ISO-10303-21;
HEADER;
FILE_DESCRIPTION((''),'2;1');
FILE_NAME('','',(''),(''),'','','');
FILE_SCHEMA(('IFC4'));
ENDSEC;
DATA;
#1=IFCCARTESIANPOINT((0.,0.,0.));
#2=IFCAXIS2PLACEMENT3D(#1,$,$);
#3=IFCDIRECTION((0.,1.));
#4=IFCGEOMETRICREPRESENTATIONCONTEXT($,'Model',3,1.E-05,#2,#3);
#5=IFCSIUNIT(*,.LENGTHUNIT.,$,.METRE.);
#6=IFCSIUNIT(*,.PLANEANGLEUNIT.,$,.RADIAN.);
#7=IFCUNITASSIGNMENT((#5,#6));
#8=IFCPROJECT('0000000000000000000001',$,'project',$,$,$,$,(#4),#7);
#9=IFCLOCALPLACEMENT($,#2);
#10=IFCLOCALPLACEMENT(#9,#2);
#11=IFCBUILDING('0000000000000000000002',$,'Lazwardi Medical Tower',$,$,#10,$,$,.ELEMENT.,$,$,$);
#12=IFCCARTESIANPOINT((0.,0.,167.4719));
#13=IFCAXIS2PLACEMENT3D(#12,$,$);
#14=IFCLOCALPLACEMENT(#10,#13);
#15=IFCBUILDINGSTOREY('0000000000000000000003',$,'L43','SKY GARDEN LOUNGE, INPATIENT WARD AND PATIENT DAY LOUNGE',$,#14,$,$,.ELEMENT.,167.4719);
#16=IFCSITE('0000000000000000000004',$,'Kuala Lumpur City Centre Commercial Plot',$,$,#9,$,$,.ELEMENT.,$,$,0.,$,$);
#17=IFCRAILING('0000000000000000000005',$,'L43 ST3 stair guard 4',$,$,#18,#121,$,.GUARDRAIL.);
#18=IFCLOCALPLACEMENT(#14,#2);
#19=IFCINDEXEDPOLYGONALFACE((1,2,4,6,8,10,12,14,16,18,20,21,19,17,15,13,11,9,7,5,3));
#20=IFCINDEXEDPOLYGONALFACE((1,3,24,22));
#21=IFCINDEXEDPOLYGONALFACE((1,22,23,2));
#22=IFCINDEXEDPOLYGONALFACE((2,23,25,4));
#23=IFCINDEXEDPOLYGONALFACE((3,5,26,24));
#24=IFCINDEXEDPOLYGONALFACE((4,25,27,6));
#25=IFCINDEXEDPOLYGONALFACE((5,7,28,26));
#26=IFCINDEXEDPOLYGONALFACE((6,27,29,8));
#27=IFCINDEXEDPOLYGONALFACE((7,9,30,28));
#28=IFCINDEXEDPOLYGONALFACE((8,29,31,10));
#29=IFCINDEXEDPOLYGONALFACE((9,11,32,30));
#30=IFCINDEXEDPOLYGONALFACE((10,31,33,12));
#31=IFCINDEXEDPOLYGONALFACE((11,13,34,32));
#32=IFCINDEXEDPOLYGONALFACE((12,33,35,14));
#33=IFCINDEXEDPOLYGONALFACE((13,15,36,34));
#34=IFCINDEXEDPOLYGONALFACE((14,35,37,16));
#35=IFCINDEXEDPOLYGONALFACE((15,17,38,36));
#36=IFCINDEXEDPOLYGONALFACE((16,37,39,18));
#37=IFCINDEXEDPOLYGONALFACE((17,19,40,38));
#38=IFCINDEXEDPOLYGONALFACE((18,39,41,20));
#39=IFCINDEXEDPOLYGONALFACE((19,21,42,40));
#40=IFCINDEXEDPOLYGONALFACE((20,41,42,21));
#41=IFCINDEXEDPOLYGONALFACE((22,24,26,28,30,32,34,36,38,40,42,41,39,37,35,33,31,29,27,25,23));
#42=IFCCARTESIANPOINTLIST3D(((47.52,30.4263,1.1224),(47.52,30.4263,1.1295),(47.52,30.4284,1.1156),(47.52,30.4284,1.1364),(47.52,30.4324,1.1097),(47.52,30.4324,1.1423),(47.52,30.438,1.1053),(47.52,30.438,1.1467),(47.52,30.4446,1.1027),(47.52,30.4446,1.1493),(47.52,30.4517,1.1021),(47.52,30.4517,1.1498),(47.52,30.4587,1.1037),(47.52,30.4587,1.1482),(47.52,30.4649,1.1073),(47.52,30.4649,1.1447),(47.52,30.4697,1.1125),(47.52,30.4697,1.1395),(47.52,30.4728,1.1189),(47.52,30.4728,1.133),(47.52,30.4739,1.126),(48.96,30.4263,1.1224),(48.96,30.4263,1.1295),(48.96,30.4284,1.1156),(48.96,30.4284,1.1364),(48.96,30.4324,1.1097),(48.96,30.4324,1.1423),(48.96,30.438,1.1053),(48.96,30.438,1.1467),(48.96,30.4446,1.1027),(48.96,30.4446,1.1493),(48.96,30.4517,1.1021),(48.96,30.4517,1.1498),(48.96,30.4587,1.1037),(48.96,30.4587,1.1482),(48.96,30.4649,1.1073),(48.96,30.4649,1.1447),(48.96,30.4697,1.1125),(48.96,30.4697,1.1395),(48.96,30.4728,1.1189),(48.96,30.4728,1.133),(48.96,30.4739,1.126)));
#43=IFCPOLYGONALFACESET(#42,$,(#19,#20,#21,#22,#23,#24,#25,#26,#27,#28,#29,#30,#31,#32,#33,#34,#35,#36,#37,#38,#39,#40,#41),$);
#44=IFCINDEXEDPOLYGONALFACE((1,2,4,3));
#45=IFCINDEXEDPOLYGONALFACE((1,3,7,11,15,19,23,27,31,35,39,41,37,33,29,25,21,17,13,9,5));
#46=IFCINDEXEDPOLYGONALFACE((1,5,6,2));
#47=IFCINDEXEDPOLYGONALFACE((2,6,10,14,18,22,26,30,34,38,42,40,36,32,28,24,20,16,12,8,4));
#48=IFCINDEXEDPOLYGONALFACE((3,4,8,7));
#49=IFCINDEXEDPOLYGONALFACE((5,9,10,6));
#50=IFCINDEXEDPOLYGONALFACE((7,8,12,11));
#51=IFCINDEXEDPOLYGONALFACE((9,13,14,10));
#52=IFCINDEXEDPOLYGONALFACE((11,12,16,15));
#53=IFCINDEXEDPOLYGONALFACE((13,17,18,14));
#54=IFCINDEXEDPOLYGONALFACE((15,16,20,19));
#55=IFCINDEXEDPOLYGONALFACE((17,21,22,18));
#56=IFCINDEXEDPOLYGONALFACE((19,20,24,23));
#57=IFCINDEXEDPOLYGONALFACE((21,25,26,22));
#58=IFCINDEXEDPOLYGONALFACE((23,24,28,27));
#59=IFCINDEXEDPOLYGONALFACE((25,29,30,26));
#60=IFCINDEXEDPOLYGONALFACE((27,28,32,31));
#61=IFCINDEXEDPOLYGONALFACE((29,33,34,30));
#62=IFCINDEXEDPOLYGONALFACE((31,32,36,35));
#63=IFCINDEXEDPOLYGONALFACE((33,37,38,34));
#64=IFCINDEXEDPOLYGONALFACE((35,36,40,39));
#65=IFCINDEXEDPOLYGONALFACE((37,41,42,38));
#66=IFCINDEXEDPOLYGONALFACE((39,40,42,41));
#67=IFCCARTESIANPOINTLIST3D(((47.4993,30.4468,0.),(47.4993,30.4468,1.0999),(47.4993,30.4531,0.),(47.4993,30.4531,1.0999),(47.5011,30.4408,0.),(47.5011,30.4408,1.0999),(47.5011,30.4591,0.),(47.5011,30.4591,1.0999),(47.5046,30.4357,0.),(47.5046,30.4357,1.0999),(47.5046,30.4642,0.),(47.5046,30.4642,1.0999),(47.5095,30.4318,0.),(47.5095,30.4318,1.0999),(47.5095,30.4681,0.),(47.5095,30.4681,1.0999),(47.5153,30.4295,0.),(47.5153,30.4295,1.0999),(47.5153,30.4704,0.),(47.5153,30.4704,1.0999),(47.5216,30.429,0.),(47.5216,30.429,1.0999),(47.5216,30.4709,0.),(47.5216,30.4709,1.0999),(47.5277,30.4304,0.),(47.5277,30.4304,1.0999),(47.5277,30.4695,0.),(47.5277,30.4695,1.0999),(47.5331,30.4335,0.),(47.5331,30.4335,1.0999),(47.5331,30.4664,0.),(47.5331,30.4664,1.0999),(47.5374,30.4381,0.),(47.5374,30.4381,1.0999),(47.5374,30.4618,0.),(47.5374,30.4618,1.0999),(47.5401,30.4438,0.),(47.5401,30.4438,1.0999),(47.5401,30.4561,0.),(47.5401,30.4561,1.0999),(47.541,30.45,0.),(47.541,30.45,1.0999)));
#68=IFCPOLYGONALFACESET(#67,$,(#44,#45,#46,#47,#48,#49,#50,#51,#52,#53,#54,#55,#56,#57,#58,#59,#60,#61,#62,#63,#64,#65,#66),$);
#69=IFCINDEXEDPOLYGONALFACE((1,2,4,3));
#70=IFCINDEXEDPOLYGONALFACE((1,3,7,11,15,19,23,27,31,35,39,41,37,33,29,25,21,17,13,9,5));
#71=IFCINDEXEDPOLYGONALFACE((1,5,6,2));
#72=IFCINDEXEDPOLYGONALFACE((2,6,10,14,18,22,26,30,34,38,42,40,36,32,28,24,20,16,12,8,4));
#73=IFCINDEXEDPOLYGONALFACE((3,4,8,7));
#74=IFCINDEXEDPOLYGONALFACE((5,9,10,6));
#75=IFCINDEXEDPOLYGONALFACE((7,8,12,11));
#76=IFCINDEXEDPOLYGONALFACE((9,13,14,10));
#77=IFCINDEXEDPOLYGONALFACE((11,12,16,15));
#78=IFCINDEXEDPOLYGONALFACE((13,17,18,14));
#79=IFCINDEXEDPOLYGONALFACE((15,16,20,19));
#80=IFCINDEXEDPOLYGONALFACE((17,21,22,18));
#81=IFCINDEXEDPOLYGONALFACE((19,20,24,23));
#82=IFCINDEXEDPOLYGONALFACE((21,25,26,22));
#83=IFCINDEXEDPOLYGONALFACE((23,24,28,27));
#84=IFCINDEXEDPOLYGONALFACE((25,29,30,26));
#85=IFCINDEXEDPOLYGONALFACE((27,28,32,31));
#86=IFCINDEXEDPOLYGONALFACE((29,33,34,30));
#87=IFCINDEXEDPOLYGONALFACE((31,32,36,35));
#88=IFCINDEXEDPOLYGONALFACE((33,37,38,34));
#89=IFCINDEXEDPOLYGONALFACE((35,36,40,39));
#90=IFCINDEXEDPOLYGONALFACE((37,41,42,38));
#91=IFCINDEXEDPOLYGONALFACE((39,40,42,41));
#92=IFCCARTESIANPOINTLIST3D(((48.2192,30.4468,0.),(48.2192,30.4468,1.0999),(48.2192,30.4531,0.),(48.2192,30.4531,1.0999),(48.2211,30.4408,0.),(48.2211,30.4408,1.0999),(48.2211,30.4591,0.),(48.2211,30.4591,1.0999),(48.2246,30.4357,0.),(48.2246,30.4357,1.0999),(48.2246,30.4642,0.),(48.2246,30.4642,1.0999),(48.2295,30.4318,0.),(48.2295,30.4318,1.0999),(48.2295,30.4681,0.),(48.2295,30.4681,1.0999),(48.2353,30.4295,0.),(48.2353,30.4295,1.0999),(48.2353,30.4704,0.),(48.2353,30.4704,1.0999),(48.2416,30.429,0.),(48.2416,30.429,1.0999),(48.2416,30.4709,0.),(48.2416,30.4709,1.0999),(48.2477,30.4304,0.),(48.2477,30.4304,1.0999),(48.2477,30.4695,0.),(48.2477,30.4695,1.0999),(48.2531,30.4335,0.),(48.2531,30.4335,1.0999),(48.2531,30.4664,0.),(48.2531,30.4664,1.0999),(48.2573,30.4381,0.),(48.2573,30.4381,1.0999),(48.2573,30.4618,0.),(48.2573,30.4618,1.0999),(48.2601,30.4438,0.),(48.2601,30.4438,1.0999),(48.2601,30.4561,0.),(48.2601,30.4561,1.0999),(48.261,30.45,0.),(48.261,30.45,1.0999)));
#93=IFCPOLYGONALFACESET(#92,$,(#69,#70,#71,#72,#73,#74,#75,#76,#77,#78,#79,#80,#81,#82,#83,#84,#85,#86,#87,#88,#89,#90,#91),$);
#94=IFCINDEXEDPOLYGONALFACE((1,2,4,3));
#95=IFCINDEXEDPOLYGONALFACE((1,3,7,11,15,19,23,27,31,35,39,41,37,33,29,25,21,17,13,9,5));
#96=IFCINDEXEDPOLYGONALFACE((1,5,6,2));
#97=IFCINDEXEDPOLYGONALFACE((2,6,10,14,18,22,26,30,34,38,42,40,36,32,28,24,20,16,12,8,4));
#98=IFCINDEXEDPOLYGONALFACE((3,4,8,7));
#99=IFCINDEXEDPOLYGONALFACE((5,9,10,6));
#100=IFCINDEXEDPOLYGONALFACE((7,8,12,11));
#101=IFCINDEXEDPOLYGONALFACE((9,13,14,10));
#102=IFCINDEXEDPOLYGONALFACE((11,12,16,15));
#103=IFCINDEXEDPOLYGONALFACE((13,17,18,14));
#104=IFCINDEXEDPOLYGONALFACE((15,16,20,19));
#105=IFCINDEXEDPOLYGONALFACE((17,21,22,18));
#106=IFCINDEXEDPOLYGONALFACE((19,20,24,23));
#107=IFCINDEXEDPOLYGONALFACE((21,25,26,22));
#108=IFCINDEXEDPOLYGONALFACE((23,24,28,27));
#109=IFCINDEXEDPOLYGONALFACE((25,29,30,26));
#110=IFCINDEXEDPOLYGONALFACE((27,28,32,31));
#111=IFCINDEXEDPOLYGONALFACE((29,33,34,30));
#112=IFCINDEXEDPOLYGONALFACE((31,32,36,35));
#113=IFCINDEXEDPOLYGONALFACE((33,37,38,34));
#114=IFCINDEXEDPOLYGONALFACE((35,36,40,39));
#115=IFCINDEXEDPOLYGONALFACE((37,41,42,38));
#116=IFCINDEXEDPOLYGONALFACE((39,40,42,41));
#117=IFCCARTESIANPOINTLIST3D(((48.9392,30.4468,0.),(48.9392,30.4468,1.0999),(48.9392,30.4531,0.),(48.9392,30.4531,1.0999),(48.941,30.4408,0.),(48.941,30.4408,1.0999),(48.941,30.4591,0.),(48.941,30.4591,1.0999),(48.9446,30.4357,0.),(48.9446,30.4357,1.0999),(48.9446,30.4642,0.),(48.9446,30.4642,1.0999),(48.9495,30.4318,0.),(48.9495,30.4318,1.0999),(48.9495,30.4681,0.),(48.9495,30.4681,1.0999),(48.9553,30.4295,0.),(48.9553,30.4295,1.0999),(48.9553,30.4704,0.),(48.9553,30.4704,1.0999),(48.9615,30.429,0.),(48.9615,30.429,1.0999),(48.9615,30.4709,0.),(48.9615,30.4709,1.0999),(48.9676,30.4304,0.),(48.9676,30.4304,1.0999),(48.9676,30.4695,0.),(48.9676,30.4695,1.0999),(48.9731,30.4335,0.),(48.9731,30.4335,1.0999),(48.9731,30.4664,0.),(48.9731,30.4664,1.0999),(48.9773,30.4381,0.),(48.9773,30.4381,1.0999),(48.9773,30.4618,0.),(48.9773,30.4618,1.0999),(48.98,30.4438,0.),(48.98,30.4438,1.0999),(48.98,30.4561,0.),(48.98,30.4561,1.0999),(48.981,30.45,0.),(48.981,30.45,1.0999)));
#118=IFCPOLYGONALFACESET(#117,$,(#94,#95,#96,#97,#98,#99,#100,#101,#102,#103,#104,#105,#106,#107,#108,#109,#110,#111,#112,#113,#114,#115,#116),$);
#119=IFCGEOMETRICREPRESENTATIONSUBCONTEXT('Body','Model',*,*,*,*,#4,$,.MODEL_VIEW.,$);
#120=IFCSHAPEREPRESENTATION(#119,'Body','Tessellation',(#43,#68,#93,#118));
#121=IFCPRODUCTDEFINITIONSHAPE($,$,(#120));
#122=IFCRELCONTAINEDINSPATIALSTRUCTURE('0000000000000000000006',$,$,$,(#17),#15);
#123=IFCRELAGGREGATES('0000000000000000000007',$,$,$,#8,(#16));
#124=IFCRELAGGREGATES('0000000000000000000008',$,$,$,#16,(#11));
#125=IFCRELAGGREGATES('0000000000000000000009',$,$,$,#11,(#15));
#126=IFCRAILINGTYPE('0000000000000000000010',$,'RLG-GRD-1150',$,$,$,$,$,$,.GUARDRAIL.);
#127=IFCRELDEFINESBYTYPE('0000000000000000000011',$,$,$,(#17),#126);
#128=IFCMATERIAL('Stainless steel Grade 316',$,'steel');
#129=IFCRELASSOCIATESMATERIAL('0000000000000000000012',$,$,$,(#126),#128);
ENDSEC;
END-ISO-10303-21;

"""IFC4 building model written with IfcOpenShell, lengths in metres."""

from ifc_helpers import new_model, si_unit, direction, frame, origin, origin_2d, place, context, subcontext, project, spatial, circle, extrude, material, type_object, element, save


model = new_model("IFC4")

# Units and contexts
model_context = context("Model", 3, precision=1e-05, world=origin(), true_north=direction((0.0, 1.0)))
body_context = subcontext(model_context, "Body", "Model", "MODEL_VIEW")
ifc_project = project(units=[si_unit("LENGTHUNIT", "METRE"), si_unit("PLANEANGLEUNIT", "RADIAN")], contexts=[model_context])

# Site, building, storey
site_placement = place(None, origin())
site = spatial("IfcSite", under=ifc_project, at=site_placement, Name="Kuala Lumpur City Centre Commercial Plot", CompositionType="ELEMENT", RefElevation=0.0)
building_placement = place(site_placement, origin())
building = spatial("IfcBuilding", under=site, at=building_placement, Name="Lazwardi Medical Tower", CompositionType="ELEMENT")
storey_placement = place(building_placement, frame((0.0, 0.0, 167.4719)))
storey = spatial("IfcBuildingStorey", under=building, at=storey_placement, Name="L43", Description="SKY GARDEN LOUNGE, INPATIENT WARD AND PATIENT DAY LOUNGE", CompositionType="ELEMENT", Elevation=167.4719)

# Railing
ifc_material_1 = material(Name="Stainless steel Grade 316", Category="steel")
railing_type = type_object("IfcRailingType", Name="RLG-GRD-1150", PredefinedType="GUARDRAIL", material=ifc_material_1)
railing_1_placement = place(storey_placement, frame((47.52, 30.45, 0.0)))
element("IfcRailing", 1, at=railing_1_placement, inside=storey, type_object=railing_type, Name="L43 ST3 stair guard 4", PredefinedType="GUARDRAIL", context=body_context, shape_type="SweptSolid", body=[
    extrude(circle(Radius=0.0239, at=origin_2d()), frame((0.0, 0.0, 1.126), z_axis=(1.0, 0.0, 0.0), x_axis=(0.0, 1.0, 0.0)), (0.0, 0.0, 1.0), 1.4399),
    extrude(circle(Radius=0.021, at=origin_2d()), origin(), (0.0, 0.0, 1.0), 1.0999),
    extrude(circle(Radius=0.021, at=origin_2d()), frame((0.72, 0.0, 0.0)), (0.0, 0.0, 1.0), 1.0999),
    extrude(circle(Radius=0.021, at=origin_2d()), frame((1.4399, 0.0, 0.0)), (0.0, 0.0, 1.0), 1.0999),
])

save(model, "model.ifc")
